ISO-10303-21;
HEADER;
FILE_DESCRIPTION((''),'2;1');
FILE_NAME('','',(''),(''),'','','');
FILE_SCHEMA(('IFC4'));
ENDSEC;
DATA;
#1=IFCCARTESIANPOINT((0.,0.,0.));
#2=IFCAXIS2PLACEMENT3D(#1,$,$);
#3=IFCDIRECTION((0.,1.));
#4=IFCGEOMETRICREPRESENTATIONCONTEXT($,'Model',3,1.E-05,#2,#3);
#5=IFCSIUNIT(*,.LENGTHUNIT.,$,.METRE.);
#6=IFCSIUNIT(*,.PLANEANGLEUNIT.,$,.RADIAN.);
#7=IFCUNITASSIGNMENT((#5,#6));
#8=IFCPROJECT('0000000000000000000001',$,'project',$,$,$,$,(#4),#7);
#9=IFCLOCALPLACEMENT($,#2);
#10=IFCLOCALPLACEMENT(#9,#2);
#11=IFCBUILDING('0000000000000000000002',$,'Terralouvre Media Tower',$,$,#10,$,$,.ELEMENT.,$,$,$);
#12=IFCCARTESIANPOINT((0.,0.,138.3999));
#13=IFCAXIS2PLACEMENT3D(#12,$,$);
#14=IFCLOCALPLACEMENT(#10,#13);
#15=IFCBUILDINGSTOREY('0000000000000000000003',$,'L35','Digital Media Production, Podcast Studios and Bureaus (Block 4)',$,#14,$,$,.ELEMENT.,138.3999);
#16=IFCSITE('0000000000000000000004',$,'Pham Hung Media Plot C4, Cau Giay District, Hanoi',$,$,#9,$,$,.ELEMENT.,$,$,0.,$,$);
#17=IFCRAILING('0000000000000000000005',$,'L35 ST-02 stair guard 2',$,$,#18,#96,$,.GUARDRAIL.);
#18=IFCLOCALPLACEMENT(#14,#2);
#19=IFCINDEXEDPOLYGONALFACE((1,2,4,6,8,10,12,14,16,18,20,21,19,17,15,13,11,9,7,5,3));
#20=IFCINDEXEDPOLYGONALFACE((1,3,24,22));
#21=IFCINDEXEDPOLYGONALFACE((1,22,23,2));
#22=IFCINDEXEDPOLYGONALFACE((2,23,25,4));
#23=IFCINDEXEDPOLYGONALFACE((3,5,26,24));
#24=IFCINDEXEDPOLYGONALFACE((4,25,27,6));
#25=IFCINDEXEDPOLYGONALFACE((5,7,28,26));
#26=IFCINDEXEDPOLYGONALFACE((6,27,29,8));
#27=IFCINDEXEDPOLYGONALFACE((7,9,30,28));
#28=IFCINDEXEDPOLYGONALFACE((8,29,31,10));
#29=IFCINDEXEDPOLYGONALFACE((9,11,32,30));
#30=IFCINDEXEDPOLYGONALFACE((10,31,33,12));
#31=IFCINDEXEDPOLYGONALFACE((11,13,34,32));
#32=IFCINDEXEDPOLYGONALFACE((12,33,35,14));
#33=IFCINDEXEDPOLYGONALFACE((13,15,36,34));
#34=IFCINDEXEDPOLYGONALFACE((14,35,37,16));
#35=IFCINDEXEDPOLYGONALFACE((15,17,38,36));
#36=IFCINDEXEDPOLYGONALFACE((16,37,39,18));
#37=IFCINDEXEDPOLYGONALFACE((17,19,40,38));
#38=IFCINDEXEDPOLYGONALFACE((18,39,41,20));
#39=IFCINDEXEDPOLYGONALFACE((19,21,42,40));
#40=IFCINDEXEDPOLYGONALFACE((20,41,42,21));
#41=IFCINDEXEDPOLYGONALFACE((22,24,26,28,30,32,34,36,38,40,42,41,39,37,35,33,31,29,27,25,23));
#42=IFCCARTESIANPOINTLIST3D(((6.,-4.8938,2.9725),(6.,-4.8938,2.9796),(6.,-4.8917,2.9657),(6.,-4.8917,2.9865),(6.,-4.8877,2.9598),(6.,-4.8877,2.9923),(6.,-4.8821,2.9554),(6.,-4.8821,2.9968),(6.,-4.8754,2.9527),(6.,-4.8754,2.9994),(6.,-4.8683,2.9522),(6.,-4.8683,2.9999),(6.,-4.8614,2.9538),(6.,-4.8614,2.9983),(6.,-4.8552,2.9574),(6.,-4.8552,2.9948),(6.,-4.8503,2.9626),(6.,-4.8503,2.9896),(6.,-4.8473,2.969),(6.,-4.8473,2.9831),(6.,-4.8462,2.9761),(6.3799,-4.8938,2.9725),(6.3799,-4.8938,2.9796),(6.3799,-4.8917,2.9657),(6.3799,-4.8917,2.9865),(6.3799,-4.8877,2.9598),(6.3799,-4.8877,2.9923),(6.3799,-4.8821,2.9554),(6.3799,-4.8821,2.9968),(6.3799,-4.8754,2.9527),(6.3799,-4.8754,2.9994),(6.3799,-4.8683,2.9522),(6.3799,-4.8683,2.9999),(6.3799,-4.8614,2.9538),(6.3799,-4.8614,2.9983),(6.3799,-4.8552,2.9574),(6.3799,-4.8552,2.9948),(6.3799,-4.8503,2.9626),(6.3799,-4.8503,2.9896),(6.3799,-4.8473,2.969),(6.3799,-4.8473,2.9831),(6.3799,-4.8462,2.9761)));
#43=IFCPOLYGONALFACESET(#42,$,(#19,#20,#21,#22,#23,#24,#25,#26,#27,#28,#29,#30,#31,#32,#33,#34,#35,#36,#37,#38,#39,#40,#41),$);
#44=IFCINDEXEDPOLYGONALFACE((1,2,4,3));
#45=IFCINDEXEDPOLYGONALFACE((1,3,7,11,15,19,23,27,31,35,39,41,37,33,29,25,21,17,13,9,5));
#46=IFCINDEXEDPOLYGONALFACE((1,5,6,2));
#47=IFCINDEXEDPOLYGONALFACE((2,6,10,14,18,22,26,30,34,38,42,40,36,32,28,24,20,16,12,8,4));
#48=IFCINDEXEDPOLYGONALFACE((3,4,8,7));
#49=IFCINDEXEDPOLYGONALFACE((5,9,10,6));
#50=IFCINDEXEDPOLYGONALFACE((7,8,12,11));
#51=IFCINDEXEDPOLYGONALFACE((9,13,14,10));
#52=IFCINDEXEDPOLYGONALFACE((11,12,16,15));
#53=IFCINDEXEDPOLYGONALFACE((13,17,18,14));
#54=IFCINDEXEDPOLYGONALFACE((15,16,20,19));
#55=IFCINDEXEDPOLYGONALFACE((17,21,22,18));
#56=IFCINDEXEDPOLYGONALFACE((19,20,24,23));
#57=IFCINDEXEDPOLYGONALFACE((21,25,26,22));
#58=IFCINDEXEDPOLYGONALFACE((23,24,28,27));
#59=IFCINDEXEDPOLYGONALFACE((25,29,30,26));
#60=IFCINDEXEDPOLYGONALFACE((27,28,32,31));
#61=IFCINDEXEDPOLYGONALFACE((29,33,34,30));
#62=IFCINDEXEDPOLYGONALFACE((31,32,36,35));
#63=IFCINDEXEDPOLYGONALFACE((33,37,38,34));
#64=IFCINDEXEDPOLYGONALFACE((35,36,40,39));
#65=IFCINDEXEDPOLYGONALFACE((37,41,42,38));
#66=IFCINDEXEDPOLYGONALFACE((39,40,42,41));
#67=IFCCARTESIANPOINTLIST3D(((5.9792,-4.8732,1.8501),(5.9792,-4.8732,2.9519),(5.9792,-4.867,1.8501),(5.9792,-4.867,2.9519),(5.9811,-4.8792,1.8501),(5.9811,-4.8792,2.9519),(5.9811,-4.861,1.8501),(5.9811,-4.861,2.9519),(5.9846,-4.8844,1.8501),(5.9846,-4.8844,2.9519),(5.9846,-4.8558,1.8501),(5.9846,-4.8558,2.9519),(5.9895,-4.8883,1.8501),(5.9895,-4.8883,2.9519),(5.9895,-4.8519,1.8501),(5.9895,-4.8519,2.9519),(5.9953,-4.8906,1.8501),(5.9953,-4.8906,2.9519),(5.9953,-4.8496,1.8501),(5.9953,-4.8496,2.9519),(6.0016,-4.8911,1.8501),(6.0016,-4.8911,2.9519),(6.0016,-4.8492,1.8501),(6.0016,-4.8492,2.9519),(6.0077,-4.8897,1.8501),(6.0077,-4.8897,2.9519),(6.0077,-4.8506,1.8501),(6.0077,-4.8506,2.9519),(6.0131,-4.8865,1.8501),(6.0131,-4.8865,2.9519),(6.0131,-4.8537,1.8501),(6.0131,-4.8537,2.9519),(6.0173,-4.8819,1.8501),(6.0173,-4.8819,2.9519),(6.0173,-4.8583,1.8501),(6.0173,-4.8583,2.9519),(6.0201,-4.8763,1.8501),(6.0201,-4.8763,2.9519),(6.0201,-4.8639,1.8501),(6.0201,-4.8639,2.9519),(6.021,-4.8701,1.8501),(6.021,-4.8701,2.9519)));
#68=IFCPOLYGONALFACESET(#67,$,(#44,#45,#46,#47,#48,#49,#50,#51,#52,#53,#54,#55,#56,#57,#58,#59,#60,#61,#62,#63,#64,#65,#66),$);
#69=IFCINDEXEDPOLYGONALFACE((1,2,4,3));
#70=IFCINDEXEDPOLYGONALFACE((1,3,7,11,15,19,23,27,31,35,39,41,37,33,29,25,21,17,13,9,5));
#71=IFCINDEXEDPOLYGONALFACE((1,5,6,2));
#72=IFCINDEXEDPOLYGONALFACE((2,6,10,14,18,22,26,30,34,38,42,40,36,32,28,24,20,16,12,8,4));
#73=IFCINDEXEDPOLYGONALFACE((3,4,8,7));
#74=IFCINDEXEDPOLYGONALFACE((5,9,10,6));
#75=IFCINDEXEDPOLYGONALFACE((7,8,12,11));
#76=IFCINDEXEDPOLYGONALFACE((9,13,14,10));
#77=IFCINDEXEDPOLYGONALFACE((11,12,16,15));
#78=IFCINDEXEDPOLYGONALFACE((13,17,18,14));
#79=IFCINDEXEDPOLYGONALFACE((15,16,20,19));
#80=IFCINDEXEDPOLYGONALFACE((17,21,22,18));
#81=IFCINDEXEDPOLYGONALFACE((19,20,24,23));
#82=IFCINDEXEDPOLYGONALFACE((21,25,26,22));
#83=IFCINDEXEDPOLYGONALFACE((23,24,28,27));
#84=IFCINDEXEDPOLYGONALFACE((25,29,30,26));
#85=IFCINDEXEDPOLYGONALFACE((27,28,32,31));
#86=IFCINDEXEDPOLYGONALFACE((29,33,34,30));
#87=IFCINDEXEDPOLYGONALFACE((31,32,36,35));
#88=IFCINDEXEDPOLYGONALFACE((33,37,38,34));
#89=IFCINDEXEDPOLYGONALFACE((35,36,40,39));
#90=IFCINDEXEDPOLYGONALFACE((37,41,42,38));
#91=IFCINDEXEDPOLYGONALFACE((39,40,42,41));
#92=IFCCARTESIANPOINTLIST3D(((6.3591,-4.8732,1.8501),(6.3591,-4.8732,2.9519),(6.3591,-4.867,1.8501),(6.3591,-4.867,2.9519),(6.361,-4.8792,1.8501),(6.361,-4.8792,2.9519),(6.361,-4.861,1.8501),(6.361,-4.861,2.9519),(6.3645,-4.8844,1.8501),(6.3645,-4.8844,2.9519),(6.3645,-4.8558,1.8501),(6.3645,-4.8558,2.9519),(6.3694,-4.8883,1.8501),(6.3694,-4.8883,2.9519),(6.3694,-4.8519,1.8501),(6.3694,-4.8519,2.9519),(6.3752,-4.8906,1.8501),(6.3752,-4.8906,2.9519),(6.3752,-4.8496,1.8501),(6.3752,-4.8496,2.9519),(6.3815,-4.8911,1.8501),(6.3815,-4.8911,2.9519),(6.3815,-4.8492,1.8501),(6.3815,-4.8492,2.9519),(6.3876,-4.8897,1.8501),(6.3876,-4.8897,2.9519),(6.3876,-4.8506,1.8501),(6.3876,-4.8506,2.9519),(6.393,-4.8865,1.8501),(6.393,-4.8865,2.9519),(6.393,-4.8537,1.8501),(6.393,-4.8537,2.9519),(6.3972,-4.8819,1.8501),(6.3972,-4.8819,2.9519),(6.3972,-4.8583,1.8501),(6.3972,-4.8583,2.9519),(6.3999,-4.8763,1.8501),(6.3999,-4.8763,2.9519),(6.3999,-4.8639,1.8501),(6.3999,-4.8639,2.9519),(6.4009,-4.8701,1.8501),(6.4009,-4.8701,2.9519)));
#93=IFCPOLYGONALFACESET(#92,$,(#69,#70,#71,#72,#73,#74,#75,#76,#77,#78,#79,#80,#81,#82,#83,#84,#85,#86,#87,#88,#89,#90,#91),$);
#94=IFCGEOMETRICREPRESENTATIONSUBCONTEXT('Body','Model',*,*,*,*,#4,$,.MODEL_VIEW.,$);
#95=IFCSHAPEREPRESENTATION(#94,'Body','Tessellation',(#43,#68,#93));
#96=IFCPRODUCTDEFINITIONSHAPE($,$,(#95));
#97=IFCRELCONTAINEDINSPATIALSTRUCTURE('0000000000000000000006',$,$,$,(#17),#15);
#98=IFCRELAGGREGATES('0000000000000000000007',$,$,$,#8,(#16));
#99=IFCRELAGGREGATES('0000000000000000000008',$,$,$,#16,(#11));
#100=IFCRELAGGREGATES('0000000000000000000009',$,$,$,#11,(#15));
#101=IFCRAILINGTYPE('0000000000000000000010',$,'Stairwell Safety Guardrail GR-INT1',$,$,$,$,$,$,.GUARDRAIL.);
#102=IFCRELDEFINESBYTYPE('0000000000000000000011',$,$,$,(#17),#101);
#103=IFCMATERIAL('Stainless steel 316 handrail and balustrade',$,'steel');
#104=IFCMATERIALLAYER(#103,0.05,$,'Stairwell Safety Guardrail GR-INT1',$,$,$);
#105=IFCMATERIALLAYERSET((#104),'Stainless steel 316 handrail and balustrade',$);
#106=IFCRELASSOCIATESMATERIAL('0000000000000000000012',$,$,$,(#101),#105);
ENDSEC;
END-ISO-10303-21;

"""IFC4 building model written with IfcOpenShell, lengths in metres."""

from ifc_helpers import new_model, si_unit, direction, frame, origin, origin_2d, place, context, subcontext, project, spatial, circle, extrude, material, layer, layer_set, type_object, element, save


model = new_model("IFC4")

# Units and contexts
model_context = context("Model", 3, precision=1e-05, world=origin(), true_north=direction((0.0, 1.0)))
body_context = subcontext(model_context, "Body", "Model", "MODEL_VIEW")
ifc_project = project(units=[si_unit("LENGTHUNIT", "METRE"), si_unit("PLANEANGLEUNIT", "RADIAN")], contexts=[model_context])

# Site, building, storey
site_placement = place(None, origin())
site = spatial("IfcSite", under=ifc_project, at=site_placement, Name="Pham Hung Media Plot C4, Cau Giay District, Hanoi", CompositionType="ELEMENT", RefElevation=0.0)
building_placement = place(site_placement, origin())
building = spatial("IfcBuilding", under=site, at=building_placement, Name="Terralouvre Media Tower", CompositionType="ELEMENT")
storey_placement = place(building_placement, frame((0.0, 0.0, 138.3999)))
storey = spatial("IfcBuildingStorey", under=building, at=storey_placement, Name="L35", Description="Digital Media Production, Podcast Studios and Bureaus (Block 4)", CompositionType="ELEMENT", Elevation=138.3999)

# Railing
ifc_material_1 = material(Name="Stainless steel 316 handrail and balustrade", Category="steel")
ifc_layer_1 = layer(ifc_material_1, 0.05, Name="Stairwell Safety Guardrail GR-INT1")
ifc_layer_set_1 = layer_set([ifc_layer_1], Name="Stainless steel 316 handrail and balustrade")
railing_type_1 = type_object("IfcRailingType", Name="Stairwell Safety Guardrail GR-INT1", PredefinedType="GUARDRAIL", material=ifc_layer_set_1)
railing_1_placement = place(storey_placement, frame((6.0, -4.8701, 1.8501)))
element("IfcRailing", 1, at=railing_1_placement, inside=storey, type_object=railing_type_1, Name="L35 ST-02 stair guard 2", PredefinedType="GUARDRAIL", context=body_context, shape_type="SweptSolid", body=[
    extrude(circle(Radius=0.0239, at=origin_2d()), frame((0.0, 0.0, 1.126), z_axis=(1.0, 0.0, 0.0), x_axis=(0.0, 1.0, 0.0)), (0.0, 0.0, 1.0), 0.3799),
    extrude(circle(Radius=0.021, at=origin_2d()), origin(), (0.0, 0.0, 1.0), 1.1018),
    extrude(circle(Radius=0.021, at=origin_2d()), frame((0.3799, 0.0, 0.0)), (0.0, 0.0, 1.0), 1.1018),
])

save(model, "model.ifc")
